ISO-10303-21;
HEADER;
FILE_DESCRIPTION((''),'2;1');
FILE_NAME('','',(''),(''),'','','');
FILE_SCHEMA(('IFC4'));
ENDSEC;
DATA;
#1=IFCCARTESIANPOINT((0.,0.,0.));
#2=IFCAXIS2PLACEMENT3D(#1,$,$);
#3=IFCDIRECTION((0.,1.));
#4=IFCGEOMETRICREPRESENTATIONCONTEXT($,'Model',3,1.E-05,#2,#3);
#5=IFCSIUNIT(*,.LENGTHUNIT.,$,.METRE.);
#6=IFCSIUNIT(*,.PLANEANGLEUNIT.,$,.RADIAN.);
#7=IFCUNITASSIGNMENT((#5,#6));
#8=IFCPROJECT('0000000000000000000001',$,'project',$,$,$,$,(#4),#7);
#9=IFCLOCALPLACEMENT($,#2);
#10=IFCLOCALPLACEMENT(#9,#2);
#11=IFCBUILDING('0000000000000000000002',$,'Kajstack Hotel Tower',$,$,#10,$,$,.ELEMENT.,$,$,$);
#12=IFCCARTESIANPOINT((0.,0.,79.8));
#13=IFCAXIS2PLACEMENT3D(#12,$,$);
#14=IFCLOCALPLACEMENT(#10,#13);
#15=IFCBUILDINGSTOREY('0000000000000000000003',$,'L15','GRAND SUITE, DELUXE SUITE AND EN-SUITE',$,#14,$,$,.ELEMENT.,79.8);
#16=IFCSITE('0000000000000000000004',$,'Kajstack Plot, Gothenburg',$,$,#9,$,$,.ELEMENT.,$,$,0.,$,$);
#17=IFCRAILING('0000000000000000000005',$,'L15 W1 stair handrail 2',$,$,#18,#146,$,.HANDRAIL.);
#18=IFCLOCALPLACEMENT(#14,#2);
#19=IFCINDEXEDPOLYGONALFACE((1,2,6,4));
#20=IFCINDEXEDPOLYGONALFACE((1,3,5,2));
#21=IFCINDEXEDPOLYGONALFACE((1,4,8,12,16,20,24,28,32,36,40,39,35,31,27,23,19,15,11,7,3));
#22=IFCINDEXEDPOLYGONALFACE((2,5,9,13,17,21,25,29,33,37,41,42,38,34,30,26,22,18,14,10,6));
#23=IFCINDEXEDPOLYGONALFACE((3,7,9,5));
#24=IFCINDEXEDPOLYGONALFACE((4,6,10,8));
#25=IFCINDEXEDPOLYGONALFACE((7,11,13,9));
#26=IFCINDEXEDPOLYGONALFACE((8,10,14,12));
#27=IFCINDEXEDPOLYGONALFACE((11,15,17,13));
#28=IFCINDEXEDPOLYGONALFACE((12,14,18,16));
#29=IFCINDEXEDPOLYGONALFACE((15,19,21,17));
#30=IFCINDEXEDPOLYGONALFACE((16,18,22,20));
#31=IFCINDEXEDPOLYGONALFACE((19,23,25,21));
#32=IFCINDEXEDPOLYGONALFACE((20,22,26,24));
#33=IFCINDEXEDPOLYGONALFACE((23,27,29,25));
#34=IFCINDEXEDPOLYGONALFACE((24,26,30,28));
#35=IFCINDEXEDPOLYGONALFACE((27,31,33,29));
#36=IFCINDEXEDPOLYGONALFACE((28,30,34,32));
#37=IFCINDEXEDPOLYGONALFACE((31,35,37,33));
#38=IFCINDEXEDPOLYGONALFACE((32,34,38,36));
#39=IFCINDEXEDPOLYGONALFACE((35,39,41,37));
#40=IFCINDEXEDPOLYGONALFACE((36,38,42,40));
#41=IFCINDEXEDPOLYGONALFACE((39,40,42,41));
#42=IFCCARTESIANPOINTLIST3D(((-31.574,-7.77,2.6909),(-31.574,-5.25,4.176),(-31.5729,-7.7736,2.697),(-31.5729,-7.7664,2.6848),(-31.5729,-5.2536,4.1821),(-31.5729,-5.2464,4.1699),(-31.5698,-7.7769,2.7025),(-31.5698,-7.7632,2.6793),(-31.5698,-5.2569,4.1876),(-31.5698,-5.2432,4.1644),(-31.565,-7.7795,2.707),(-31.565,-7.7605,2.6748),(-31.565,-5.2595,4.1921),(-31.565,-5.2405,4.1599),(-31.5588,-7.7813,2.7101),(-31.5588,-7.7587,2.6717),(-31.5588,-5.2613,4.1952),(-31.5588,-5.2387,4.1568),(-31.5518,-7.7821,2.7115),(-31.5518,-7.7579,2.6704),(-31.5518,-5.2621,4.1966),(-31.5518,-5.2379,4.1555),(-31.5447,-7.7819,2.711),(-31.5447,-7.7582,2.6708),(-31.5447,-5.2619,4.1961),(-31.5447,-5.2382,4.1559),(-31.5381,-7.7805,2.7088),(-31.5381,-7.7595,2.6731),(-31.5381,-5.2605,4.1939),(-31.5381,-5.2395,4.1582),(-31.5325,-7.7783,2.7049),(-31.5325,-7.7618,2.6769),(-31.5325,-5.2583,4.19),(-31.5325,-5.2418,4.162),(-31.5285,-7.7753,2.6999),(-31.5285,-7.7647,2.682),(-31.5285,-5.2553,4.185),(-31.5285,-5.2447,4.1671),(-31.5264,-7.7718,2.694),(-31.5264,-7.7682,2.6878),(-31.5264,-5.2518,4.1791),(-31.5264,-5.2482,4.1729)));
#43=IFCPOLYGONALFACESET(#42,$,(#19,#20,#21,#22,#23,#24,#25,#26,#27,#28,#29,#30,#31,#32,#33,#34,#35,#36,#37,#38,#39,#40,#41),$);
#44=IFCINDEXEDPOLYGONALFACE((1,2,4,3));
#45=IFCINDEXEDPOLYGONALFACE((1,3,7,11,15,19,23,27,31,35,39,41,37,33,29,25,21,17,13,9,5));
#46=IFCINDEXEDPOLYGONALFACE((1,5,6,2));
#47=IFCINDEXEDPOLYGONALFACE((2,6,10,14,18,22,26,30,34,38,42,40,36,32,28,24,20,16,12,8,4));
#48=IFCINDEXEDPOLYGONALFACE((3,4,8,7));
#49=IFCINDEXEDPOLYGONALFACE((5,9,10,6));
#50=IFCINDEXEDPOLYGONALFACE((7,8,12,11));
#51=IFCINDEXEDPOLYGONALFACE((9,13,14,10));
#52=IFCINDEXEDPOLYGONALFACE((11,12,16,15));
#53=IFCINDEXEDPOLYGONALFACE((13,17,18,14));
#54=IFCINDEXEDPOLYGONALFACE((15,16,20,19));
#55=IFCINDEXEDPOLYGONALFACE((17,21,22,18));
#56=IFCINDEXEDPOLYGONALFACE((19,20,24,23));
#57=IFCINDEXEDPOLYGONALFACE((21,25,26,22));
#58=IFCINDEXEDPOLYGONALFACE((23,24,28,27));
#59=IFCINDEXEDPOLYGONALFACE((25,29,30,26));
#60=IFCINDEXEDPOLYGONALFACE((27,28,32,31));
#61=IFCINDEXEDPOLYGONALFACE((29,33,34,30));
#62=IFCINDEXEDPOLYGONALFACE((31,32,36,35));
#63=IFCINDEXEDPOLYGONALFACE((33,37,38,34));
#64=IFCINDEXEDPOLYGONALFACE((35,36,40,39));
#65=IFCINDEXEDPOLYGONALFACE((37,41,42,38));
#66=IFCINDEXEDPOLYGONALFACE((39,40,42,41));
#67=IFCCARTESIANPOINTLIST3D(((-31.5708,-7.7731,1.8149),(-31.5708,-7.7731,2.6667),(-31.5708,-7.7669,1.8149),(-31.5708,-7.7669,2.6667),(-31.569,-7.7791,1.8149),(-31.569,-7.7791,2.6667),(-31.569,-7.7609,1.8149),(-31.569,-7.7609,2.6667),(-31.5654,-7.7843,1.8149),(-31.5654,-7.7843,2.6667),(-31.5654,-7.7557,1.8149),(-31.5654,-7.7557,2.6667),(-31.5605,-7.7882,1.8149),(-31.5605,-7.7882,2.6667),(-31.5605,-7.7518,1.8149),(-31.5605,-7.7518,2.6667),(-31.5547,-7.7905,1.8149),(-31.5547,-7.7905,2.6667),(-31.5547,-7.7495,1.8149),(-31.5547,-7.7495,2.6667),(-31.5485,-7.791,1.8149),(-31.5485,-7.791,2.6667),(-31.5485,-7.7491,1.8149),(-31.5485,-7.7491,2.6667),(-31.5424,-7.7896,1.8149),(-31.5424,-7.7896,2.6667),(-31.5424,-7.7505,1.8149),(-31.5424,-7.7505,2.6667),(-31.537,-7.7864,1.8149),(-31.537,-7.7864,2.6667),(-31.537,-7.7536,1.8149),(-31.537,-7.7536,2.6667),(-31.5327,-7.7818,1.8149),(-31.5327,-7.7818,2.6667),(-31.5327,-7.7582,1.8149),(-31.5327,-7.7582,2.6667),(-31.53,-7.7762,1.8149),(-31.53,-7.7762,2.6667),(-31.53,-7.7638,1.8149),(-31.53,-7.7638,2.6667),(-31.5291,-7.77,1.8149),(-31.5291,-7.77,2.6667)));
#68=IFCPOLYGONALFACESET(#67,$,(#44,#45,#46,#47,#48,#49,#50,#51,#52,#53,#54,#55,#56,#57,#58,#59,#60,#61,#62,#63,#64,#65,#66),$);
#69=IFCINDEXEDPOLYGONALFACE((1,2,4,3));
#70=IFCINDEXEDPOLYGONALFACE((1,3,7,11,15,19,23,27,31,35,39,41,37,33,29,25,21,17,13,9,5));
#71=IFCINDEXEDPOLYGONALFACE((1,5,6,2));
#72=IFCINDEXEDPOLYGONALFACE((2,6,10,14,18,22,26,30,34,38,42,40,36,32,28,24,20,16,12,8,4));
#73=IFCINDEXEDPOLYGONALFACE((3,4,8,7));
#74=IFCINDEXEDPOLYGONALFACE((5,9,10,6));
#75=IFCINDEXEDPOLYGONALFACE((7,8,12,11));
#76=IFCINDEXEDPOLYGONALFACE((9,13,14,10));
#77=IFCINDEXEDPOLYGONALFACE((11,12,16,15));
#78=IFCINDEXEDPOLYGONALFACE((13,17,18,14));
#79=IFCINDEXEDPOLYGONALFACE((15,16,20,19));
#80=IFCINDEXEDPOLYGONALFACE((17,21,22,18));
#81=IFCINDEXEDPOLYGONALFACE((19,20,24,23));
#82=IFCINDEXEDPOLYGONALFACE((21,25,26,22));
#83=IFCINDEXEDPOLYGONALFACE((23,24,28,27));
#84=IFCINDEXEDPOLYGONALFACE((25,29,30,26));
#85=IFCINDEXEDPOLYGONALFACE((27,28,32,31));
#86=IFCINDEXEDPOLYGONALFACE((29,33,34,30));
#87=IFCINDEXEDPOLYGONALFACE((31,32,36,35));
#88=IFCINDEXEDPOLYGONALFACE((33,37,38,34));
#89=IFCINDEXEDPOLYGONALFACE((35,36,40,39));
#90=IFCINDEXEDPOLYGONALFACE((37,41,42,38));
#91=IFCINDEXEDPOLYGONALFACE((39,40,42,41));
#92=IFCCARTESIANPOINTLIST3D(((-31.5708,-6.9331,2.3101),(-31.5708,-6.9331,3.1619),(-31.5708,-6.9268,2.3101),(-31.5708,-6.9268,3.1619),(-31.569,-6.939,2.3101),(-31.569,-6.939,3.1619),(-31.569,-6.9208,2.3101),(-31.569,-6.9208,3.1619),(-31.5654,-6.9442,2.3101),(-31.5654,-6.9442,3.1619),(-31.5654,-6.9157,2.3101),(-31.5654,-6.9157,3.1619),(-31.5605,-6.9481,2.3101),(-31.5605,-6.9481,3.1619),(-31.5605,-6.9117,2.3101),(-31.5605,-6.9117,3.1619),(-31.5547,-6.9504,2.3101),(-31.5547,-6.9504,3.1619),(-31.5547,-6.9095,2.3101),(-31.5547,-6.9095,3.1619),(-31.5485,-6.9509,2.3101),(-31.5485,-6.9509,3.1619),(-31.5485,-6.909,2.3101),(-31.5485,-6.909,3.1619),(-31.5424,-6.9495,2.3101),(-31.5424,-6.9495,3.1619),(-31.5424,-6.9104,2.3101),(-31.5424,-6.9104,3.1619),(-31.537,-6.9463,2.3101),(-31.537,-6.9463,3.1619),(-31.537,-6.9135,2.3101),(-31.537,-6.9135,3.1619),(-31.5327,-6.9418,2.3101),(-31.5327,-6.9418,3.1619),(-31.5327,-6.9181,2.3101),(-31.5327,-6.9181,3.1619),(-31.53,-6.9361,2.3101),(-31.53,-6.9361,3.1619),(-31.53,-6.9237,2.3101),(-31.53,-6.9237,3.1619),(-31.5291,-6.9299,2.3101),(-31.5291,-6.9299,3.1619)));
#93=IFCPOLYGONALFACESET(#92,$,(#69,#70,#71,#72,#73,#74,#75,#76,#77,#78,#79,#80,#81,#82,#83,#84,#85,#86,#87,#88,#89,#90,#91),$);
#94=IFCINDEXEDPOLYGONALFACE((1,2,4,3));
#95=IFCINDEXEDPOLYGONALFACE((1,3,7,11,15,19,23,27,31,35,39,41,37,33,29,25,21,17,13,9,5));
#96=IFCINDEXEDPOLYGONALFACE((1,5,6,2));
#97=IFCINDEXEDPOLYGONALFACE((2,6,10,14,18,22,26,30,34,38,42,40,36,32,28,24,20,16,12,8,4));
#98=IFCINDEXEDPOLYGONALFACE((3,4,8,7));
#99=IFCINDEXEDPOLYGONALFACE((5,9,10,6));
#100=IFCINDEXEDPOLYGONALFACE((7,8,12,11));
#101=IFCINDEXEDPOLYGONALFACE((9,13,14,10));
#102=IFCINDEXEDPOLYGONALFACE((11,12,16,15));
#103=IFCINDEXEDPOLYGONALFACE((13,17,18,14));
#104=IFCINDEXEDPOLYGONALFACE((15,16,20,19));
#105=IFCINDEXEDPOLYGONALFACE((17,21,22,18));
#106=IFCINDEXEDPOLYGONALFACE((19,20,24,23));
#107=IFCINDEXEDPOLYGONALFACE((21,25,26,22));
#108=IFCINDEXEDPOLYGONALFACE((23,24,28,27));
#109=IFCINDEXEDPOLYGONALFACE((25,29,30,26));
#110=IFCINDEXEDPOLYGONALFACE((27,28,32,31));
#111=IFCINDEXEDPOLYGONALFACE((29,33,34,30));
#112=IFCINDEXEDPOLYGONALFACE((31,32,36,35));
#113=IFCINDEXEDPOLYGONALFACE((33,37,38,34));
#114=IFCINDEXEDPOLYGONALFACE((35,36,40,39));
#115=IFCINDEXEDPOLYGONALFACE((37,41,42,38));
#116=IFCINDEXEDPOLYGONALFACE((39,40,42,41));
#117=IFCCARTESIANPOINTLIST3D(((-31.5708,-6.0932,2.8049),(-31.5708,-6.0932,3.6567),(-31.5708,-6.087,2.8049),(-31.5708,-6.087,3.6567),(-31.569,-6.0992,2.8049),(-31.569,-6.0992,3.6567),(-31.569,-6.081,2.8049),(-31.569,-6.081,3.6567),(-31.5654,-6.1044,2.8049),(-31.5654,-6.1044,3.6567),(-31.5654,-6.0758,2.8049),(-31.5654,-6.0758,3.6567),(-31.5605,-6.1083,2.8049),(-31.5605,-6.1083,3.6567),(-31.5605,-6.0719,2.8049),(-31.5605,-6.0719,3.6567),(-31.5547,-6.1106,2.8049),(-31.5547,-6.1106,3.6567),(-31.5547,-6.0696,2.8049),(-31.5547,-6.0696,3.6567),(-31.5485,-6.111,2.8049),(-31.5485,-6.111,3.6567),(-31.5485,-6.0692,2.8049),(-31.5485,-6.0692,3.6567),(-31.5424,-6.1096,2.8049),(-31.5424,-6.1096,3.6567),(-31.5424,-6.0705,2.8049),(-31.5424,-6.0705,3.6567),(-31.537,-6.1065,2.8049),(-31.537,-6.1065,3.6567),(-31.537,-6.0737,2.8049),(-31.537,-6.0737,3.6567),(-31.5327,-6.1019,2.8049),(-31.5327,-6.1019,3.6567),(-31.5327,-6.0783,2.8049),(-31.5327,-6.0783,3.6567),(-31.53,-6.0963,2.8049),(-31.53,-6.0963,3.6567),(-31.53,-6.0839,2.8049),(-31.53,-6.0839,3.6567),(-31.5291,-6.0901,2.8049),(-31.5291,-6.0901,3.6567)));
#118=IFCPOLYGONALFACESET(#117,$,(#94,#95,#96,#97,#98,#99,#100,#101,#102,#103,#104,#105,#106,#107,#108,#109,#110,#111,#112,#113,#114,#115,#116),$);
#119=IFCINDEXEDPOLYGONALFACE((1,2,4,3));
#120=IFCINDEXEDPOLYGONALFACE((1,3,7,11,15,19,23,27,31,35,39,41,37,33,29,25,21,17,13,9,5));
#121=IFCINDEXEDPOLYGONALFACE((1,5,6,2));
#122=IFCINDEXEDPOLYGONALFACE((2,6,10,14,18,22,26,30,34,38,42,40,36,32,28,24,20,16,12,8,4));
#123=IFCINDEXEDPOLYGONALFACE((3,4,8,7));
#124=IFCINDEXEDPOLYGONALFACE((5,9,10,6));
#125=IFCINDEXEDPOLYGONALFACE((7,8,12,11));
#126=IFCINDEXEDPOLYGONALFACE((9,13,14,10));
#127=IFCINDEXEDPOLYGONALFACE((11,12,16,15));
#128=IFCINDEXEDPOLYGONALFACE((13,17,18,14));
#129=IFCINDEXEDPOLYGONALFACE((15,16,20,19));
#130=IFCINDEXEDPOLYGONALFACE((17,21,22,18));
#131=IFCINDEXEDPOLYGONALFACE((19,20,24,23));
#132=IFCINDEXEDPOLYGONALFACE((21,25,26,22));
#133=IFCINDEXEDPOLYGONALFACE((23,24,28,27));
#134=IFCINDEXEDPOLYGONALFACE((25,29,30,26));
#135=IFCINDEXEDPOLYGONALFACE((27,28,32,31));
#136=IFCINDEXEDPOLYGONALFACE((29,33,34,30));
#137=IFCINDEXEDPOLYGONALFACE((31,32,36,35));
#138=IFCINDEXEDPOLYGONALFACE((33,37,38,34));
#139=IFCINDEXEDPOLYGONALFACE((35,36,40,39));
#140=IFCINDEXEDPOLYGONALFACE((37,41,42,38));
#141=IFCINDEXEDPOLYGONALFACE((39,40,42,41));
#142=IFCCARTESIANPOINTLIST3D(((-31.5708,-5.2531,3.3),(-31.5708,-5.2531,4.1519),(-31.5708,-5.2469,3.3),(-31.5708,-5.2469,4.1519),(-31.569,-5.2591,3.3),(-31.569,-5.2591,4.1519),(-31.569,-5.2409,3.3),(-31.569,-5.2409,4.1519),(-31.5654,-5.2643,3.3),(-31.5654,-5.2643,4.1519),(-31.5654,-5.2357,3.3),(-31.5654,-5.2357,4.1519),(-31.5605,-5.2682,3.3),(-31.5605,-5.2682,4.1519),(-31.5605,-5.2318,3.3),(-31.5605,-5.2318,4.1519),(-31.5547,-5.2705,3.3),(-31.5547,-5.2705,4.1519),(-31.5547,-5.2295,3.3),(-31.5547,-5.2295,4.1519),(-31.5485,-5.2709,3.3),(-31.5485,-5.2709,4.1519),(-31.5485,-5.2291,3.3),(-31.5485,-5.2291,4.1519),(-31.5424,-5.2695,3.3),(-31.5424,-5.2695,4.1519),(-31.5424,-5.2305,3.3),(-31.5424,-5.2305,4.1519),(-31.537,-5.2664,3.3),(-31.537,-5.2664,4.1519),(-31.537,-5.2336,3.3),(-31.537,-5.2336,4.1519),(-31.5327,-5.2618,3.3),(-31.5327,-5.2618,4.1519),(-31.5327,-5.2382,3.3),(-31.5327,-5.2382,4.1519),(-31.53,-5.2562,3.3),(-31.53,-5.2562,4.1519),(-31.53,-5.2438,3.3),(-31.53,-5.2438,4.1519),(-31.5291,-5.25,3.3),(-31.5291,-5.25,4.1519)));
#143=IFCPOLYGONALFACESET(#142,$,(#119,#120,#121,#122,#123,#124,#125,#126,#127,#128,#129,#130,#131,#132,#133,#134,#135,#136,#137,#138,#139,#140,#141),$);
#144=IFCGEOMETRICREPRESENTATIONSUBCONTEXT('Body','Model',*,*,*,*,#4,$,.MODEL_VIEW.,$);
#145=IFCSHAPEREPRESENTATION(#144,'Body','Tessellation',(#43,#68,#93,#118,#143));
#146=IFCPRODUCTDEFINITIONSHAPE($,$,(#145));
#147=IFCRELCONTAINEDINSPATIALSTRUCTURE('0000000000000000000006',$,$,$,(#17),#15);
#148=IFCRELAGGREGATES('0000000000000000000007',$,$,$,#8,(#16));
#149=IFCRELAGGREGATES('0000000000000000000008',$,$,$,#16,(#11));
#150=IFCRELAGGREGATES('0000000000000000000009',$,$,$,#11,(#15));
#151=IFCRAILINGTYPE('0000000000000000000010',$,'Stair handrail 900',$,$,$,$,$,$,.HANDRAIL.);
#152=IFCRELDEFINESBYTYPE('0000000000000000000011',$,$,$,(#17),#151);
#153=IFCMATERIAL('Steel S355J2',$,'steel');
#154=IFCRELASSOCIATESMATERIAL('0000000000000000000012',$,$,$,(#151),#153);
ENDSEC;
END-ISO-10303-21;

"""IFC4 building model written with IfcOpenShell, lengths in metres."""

from ifc_helpers import new_model, si_unit, direction, frame, origin, origin_2d, place, context, subcontext, project, spatial, circle, extrude, material, type_object, element, save


model = new_model("IFC4")

# Units and contexts
model_context = context("Model", 3, precision=1e-05, world=origin(), true_north=direction((0.0, 1.0)))
body_context = subcontext(model_context, "Body", "Model", "MODEL_VIEW")
ifc_project = project(units=[si_unit("LENGTHUNIT", "METRE"), si_unit("PLANEANGLEUNIT", "RADIAN")], contexts=[model_context])

# Site, building, storey
site_placement = place(None, origin())
site = spatial("IfcSite", under=ifc_project, at=site_placement, Name="Kajstack Plot, Gothenburg", CompositionType="ELEMENT", RefElevation=0.0)
building_placement = place(site_placement, origin())
building = spatial("IfcBuilding", under=site, at=building_placement, Name="Kajstack Hotel Tower", CompositionType="ELEMENT")
storey_placement = place(building_placement, frame((0.0, 0.0, 79.8)))
storey = spatial("IfcBuildingStorey", under=building, at=storey_placement, Name="L15", Description="GRAND SUITE, DELUXE SUITE AND EN-SUITE", CompositionType="ELEMENT", Elevation=79.8)

# Railing
ifc_material_1 = material(Name="Steel S355J2", Category="steel")
railing_type = type_object("IfcRailingType", Name="Stair handrail 900", PredefinedType="HANDRAIL", material=ifc_material_1)
railing_1_placement = place(storey_placement, frame((-31.55, -7.77, 1.8149)))
element("IfcRailing", 1, at=railing_1_placement, inside=storey, type_object=railing_type, Name="L15 W1 stair handrail 2", PredefinedType="HANDRAIL", context=body_context, shape_type="SweptSolid", body=[
    extrude(circle(Radius=0.0239, at=origin_2d()), frame((0.0, 0.0, 0.876), z_axis=(0.0, 0.861524, 0.507717), x_axis=(-1.0, 0.0, 0.0)), (0.0, 0.0, 1.0), 2.925),
    extrude(circle(Radius=0.021, at=origin_2d()), origin(), (0.0, 0.0, 1.0), 0.8518),
    extrude(circle(Radius=0.021, at=origin_2d()), frame((0.0, 0.8401, 0.4951)), (0.0, 0.0, 1.0), 0.8518),
    extrude(circle(Radius=0.021, at=origin_2d()), frame((0.0, 1.6799, 0.99)), (0.0, 0.0, 1.0), 0.8518),
    extrude(circle(Radius=0.021, at=origin_2d()), frame((0.0, 2.52, 1.4851)), (0.0, 0.0, 1.0), 0.8518),
])

save(model, "model.ifc")
